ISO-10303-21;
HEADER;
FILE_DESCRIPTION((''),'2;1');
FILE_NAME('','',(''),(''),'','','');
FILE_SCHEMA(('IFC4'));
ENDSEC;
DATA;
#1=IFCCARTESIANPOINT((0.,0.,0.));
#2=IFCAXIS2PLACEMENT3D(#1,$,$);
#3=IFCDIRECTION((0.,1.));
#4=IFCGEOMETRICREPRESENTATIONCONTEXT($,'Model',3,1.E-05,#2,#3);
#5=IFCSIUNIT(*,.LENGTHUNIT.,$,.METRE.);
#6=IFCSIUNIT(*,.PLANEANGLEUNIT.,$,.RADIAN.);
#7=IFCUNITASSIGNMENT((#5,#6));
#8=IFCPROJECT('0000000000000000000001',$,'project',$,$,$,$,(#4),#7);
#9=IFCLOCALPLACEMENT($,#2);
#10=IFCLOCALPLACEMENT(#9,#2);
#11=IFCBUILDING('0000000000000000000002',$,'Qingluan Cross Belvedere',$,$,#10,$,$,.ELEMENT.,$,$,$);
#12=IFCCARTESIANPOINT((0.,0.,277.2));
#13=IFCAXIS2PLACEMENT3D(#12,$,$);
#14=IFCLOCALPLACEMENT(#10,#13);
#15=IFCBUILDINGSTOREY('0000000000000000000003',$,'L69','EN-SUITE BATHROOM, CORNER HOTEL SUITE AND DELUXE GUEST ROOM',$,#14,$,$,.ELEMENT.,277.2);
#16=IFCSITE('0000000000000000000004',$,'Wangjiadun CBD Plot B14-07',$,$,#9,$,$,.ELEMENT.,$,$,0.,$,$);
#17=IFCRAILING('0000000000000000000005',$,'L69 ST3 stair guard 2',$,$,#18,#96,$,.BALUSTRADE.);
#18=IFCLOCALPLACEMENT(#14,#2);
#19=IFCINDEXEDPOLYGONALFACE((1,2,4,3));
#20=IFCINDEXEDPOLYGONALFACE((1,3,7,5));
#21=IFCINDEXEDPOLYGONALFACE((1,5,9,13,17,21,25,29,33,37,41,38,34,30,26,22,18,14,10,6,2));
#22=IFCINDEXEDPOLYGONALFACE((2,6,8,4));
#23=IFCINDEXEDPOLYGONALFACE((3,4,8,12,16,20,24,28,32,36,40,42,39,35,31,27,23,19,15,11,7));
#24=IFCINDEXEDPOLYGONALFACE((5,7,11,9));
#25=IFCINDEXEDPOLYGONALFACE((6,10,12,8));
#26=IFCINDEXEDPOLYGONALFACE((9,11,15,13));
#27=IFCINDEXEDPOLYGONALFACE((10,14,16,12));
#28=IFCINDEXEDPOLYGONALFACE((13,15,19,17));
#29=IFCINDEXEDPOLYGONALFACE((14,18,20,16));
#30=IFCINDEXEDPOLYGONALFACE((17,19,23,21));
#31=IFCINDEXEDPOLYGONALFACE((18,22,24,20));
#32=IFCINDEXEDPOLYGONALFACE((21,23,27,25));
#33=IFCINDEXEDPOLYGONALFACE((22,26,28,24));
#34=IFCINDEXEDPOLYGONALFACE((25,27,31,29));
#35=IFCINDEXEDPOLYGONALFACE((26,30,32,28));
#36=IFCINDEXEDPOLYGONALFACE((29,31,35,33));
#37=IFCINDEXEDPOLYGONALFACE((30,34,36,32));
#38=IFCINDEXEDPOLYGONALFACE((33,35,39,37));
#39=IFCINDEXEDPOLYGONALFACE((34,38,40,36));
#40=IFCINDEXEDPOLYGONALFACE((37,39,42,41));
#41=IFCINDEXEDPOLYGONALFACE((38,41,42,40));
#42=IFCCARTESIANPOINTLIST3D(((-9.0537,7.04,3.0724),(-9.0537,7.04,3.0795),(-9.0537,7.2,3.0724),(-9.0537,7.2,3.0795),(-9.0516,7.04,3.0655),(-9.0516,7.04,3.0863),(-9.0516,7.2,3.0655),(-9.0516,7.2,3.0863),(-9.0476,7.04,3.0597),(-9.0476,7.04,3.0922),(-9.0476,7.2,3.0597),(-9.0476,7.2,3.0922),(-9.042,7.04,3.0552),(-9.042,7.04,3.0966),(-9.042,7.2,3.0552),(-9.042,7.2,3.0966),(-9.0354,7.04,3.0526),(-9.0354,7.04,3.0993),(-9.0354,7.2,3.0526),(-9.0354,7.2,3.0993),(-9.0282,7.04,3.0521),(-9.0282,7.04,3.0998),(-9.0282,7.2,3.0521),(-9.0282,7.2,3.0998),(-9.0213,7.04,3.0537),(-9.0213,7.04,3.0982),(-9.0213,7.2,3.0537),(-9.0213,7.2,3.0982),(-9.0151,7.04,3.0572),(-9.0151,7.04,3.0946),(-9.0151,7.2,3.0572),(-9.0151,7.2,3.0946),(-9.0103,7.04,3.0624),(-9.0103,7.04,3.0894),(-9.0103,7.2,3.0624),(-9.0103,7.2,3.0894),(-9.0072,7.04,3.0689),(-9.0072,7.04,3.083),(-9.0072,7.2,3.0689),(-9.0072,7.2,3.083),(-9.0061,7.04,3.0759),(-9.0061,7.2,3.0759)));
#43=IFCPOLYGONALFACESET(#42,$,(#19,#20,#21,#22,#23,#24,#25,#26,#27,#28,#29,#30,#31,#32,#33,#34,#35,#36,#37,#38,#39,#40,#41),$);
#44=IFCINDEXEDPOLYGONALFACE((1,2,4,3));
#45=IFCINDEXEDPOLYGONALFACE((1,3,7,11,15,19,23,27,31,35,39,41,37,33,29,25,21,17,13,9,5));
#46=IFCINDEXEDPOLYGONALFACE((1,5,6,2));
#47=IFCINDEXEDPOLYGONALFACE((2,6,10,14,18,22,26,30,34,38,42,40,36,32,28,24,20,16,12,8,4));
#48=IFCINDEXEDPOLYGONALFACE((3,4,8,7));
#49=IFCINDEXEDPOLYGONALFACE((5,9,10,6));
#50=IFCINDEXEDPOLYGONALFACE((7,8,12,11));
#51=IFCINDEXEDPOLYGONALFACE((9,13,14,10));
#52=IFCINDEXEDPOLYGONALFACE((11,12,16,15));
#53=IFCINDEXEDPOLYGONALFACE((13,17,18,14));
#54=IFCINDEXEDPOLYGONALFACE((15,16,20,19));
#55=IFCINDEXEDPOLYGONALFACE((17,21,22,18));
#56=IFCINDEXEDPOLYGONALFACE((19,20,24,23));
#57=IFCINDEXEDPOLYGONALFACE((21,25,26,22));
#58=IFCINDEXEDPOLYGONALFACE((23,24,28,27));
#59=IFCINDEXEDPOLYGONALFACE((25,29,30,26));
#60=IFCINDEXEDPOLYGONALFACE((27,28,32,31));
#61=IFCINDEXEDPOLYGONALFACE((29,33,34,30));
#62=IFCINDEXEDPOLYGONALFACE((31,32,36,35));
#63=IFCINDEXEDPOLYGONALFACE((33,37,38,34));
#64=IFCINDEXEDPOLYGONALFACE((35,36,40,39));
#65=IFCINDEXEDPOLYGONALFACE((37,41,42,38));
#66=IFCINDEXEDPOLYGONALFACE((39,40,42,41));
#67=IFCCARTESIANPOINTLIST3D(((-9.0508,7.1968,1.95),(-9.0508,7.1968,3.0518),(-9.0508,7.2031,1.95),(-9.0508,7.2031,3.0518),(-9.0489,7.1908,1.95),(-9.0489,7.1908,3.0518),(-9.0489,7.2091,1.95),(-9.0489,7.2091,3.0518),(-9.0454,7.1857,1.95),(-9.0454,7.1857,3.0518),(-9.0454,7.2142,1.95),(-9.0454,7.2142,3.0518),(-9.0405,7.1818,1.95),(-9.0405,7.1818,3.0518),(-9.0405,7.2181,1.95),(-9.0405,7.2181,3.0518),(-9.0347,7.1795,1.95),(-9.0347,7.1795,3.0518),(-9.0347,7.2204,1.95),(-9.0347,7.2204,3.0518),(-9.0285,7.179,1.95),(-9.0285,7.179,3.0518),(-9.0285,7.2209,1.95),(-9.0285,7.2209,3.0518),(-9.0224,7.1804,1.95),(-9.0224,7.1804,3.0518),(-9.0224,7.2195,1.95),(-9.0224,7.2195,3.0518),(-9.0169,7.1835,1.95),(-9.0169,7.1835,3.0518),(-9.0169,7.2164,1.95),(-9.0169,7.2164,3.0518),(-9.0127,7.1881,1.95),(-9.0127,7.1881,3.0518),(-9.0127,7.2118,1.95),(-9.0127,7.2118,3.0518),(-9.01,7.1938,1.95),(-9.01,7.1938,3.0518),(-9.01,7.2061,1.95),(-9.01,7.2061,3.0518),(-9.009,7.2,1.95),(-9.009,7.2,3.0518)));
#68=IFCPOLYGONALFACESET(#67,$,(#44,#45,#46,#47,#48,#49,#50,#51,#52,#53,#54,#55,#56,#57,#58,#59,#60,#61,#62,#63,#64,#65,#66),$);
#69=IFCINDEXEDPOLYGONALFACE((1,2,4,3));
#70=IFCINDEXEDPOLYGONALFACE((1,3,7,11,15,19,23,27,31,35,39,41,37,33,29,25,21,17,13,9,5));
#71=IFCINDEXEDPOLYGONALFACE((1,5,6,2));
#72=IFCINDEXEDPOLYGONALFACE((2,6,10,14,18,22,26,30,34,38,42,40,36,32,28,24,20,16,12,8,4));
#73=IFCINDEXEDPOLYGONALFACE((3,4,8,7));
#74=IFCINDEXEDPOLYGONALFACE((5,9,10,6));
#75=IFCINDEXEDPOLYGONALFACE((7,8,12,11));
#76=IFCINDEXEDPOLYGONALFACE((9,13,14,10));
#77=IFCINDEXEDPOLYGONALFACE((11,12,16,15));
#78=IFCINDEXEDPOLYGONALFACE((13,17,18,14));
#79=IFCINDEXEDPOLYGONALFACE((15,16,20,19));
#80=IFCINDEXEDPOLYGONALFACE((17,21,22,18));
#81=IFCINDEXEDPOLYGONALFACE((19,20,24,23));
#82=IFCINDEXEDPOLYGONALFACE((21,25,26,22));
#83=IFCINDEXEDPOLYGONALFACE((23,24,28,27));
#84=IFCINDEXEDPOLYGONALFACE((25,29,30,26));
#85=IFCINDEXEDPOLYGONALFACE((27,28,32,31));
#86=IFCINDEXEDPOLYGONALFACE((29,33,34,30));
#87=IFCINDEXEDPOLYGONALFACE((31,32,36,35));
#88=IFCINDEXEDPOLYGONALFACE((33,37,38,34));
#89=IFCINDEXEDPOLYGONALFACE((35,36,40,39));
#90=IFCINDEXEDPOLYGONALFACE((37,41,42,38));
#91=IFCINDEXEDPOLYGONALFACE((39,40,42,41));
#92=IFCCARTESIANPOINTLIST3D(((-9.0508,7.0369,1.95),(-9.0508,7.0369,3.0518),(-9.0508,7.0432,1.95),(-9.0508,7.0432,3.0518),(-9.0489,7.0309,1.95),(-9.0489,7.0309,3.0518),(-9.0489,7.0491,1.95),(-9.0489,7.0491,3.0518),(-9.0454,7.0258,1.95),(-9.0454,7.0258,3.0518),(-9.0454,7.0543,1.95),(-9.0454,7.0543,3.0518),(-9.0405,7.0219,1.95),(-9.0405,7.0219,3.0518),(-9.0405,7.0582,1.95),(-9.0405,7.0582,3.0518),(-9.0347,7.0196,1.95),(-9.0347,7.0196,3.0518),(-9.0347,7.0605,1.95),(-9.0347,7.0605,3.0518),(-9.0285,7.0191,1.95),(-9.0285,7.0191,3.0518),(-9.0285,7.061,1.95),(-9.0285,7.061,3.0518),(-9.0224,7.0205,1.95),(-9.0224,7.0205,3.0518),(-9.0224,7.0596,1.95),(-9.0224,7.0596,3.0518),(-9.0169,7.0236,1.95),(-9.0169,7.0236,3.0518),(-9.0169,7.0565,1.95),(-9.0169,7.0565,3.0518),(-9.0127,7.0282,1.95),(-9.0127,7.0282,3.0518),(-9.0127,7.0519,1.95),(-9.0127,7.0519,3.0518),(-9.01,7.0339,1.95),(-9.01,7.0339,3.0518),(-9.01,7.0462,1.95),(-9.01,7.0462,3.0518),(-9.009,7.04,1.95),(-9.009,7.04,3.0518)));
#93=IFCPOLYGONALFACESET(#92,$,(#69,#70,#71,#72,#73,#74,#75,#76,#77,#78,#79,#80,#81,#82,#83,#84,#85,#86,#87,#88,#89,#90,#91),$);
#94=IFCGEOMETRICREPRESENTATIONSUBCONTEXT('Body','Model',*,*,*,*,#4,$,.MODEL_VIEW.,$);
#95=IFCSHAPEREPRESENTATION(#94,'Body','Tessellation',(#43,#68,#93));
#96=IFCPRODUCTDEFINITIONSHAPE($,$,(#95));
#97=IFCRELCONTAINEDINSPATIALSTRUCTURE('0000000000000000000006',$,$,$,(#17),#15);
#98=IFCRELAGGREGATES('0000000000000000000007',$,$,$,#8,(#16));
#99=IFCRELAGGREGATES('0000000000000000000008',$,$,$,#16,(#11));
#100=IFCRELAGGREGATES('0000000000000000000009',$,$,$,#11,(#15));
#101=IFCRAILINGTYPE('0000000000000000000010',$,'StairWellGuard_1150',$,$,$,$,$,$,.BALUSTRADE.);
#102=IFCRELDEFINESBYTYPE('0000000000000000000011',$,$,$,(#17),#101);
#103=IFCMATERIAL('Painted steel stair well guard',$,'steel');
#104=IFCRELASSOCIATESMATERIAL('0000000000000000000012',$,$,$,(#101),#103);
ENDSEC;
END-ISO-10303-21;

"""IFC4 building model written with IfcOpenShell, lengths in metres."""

from ifc_helpers import new_model, si_unit, direction, frame, origin, origin_2d, place, context, subcontext, project, spatial, circle, extrude, material, type_object, element, save


model = new_model("IFC4")

# Units and contexts
model_context = context("Model", 3, precision=1e-05, world=origin(), true_north=direction((0.0, 1.0)))
body_context = subcontext(model_context, "Body", "Model", "MODEL_VIEW")
ifc_project = project(units=[si_unit("LENGTHUNIT", "METRE"), si_unit("PLANEANGLEUNIT", "RADIAN")], contexts=[model_context])

# Site, building, storey
site_placement = place(None, origin())
site = spatial("IfcSite", under=ifc_project, at=site_placement, Name="Wangjiadun CBD Plot B14-07", CompositionType="ELEMENT", RefElevation=0.0)
building_placement = place(site_placement, origin())
building = spatial("IfcBuilding", under=site, at=building_placement, Name="Qingluan Cross Belvedere", CompositionType="ELEMENT")
storey_placement = place(building_placement, frame((0.0, 0.0, 277.2)))
storey = spatial("IfcBuildingStorey", under=building, at=storey_placement, Name="L69", Description="EN-SUITE BATHROOM, CORNER HOTEL SUITE AND DELUXE GUEST ROOM", CompositionType="ELEMENT", Elevation=277.2)

# Railing
ifc_material_1 = material(Name="Painted steel stair well guard", Category="steel")
railing_type_1 = type_object("IfcRailingType", Name="StairWellGuard_1150", PredefinedType="BALUSTRADE", material=ifc_material_1)
railing_1_placement = place(storey_placement, frame((-9.03, 7.2, 1.95)))
element("IfcRailing", 1, at=railing_1_placement, inside=storey, type_object=railing_type_1, Name="L69 ST3 stair guard 2", PredefinedType="BALUSTRADE", context=body_context, shape_type="SweptSolid", body=[
    extrude(circle(Radius=0.0239, at=origin_2d()), frame((0.0, 0.0, 1.126), z_axis=(0.0, -1.0, 0.0), x_axis=(1.0, 0.0, 0.0)), (0.0, 0.0, 1.0), 0.1599),
    extrude(circle(Radius=0.021, at=origin_2d()), origin(), (0.0, 0.0, 1.0), 1.1018),
    extrude(circle(Radius=0.021, at=origin_2d()), frame((0.0, -0.1599, 0.0)), (0.0, 0.0, 1.0), 1.1018),
])

save(model, "model.ifc")
